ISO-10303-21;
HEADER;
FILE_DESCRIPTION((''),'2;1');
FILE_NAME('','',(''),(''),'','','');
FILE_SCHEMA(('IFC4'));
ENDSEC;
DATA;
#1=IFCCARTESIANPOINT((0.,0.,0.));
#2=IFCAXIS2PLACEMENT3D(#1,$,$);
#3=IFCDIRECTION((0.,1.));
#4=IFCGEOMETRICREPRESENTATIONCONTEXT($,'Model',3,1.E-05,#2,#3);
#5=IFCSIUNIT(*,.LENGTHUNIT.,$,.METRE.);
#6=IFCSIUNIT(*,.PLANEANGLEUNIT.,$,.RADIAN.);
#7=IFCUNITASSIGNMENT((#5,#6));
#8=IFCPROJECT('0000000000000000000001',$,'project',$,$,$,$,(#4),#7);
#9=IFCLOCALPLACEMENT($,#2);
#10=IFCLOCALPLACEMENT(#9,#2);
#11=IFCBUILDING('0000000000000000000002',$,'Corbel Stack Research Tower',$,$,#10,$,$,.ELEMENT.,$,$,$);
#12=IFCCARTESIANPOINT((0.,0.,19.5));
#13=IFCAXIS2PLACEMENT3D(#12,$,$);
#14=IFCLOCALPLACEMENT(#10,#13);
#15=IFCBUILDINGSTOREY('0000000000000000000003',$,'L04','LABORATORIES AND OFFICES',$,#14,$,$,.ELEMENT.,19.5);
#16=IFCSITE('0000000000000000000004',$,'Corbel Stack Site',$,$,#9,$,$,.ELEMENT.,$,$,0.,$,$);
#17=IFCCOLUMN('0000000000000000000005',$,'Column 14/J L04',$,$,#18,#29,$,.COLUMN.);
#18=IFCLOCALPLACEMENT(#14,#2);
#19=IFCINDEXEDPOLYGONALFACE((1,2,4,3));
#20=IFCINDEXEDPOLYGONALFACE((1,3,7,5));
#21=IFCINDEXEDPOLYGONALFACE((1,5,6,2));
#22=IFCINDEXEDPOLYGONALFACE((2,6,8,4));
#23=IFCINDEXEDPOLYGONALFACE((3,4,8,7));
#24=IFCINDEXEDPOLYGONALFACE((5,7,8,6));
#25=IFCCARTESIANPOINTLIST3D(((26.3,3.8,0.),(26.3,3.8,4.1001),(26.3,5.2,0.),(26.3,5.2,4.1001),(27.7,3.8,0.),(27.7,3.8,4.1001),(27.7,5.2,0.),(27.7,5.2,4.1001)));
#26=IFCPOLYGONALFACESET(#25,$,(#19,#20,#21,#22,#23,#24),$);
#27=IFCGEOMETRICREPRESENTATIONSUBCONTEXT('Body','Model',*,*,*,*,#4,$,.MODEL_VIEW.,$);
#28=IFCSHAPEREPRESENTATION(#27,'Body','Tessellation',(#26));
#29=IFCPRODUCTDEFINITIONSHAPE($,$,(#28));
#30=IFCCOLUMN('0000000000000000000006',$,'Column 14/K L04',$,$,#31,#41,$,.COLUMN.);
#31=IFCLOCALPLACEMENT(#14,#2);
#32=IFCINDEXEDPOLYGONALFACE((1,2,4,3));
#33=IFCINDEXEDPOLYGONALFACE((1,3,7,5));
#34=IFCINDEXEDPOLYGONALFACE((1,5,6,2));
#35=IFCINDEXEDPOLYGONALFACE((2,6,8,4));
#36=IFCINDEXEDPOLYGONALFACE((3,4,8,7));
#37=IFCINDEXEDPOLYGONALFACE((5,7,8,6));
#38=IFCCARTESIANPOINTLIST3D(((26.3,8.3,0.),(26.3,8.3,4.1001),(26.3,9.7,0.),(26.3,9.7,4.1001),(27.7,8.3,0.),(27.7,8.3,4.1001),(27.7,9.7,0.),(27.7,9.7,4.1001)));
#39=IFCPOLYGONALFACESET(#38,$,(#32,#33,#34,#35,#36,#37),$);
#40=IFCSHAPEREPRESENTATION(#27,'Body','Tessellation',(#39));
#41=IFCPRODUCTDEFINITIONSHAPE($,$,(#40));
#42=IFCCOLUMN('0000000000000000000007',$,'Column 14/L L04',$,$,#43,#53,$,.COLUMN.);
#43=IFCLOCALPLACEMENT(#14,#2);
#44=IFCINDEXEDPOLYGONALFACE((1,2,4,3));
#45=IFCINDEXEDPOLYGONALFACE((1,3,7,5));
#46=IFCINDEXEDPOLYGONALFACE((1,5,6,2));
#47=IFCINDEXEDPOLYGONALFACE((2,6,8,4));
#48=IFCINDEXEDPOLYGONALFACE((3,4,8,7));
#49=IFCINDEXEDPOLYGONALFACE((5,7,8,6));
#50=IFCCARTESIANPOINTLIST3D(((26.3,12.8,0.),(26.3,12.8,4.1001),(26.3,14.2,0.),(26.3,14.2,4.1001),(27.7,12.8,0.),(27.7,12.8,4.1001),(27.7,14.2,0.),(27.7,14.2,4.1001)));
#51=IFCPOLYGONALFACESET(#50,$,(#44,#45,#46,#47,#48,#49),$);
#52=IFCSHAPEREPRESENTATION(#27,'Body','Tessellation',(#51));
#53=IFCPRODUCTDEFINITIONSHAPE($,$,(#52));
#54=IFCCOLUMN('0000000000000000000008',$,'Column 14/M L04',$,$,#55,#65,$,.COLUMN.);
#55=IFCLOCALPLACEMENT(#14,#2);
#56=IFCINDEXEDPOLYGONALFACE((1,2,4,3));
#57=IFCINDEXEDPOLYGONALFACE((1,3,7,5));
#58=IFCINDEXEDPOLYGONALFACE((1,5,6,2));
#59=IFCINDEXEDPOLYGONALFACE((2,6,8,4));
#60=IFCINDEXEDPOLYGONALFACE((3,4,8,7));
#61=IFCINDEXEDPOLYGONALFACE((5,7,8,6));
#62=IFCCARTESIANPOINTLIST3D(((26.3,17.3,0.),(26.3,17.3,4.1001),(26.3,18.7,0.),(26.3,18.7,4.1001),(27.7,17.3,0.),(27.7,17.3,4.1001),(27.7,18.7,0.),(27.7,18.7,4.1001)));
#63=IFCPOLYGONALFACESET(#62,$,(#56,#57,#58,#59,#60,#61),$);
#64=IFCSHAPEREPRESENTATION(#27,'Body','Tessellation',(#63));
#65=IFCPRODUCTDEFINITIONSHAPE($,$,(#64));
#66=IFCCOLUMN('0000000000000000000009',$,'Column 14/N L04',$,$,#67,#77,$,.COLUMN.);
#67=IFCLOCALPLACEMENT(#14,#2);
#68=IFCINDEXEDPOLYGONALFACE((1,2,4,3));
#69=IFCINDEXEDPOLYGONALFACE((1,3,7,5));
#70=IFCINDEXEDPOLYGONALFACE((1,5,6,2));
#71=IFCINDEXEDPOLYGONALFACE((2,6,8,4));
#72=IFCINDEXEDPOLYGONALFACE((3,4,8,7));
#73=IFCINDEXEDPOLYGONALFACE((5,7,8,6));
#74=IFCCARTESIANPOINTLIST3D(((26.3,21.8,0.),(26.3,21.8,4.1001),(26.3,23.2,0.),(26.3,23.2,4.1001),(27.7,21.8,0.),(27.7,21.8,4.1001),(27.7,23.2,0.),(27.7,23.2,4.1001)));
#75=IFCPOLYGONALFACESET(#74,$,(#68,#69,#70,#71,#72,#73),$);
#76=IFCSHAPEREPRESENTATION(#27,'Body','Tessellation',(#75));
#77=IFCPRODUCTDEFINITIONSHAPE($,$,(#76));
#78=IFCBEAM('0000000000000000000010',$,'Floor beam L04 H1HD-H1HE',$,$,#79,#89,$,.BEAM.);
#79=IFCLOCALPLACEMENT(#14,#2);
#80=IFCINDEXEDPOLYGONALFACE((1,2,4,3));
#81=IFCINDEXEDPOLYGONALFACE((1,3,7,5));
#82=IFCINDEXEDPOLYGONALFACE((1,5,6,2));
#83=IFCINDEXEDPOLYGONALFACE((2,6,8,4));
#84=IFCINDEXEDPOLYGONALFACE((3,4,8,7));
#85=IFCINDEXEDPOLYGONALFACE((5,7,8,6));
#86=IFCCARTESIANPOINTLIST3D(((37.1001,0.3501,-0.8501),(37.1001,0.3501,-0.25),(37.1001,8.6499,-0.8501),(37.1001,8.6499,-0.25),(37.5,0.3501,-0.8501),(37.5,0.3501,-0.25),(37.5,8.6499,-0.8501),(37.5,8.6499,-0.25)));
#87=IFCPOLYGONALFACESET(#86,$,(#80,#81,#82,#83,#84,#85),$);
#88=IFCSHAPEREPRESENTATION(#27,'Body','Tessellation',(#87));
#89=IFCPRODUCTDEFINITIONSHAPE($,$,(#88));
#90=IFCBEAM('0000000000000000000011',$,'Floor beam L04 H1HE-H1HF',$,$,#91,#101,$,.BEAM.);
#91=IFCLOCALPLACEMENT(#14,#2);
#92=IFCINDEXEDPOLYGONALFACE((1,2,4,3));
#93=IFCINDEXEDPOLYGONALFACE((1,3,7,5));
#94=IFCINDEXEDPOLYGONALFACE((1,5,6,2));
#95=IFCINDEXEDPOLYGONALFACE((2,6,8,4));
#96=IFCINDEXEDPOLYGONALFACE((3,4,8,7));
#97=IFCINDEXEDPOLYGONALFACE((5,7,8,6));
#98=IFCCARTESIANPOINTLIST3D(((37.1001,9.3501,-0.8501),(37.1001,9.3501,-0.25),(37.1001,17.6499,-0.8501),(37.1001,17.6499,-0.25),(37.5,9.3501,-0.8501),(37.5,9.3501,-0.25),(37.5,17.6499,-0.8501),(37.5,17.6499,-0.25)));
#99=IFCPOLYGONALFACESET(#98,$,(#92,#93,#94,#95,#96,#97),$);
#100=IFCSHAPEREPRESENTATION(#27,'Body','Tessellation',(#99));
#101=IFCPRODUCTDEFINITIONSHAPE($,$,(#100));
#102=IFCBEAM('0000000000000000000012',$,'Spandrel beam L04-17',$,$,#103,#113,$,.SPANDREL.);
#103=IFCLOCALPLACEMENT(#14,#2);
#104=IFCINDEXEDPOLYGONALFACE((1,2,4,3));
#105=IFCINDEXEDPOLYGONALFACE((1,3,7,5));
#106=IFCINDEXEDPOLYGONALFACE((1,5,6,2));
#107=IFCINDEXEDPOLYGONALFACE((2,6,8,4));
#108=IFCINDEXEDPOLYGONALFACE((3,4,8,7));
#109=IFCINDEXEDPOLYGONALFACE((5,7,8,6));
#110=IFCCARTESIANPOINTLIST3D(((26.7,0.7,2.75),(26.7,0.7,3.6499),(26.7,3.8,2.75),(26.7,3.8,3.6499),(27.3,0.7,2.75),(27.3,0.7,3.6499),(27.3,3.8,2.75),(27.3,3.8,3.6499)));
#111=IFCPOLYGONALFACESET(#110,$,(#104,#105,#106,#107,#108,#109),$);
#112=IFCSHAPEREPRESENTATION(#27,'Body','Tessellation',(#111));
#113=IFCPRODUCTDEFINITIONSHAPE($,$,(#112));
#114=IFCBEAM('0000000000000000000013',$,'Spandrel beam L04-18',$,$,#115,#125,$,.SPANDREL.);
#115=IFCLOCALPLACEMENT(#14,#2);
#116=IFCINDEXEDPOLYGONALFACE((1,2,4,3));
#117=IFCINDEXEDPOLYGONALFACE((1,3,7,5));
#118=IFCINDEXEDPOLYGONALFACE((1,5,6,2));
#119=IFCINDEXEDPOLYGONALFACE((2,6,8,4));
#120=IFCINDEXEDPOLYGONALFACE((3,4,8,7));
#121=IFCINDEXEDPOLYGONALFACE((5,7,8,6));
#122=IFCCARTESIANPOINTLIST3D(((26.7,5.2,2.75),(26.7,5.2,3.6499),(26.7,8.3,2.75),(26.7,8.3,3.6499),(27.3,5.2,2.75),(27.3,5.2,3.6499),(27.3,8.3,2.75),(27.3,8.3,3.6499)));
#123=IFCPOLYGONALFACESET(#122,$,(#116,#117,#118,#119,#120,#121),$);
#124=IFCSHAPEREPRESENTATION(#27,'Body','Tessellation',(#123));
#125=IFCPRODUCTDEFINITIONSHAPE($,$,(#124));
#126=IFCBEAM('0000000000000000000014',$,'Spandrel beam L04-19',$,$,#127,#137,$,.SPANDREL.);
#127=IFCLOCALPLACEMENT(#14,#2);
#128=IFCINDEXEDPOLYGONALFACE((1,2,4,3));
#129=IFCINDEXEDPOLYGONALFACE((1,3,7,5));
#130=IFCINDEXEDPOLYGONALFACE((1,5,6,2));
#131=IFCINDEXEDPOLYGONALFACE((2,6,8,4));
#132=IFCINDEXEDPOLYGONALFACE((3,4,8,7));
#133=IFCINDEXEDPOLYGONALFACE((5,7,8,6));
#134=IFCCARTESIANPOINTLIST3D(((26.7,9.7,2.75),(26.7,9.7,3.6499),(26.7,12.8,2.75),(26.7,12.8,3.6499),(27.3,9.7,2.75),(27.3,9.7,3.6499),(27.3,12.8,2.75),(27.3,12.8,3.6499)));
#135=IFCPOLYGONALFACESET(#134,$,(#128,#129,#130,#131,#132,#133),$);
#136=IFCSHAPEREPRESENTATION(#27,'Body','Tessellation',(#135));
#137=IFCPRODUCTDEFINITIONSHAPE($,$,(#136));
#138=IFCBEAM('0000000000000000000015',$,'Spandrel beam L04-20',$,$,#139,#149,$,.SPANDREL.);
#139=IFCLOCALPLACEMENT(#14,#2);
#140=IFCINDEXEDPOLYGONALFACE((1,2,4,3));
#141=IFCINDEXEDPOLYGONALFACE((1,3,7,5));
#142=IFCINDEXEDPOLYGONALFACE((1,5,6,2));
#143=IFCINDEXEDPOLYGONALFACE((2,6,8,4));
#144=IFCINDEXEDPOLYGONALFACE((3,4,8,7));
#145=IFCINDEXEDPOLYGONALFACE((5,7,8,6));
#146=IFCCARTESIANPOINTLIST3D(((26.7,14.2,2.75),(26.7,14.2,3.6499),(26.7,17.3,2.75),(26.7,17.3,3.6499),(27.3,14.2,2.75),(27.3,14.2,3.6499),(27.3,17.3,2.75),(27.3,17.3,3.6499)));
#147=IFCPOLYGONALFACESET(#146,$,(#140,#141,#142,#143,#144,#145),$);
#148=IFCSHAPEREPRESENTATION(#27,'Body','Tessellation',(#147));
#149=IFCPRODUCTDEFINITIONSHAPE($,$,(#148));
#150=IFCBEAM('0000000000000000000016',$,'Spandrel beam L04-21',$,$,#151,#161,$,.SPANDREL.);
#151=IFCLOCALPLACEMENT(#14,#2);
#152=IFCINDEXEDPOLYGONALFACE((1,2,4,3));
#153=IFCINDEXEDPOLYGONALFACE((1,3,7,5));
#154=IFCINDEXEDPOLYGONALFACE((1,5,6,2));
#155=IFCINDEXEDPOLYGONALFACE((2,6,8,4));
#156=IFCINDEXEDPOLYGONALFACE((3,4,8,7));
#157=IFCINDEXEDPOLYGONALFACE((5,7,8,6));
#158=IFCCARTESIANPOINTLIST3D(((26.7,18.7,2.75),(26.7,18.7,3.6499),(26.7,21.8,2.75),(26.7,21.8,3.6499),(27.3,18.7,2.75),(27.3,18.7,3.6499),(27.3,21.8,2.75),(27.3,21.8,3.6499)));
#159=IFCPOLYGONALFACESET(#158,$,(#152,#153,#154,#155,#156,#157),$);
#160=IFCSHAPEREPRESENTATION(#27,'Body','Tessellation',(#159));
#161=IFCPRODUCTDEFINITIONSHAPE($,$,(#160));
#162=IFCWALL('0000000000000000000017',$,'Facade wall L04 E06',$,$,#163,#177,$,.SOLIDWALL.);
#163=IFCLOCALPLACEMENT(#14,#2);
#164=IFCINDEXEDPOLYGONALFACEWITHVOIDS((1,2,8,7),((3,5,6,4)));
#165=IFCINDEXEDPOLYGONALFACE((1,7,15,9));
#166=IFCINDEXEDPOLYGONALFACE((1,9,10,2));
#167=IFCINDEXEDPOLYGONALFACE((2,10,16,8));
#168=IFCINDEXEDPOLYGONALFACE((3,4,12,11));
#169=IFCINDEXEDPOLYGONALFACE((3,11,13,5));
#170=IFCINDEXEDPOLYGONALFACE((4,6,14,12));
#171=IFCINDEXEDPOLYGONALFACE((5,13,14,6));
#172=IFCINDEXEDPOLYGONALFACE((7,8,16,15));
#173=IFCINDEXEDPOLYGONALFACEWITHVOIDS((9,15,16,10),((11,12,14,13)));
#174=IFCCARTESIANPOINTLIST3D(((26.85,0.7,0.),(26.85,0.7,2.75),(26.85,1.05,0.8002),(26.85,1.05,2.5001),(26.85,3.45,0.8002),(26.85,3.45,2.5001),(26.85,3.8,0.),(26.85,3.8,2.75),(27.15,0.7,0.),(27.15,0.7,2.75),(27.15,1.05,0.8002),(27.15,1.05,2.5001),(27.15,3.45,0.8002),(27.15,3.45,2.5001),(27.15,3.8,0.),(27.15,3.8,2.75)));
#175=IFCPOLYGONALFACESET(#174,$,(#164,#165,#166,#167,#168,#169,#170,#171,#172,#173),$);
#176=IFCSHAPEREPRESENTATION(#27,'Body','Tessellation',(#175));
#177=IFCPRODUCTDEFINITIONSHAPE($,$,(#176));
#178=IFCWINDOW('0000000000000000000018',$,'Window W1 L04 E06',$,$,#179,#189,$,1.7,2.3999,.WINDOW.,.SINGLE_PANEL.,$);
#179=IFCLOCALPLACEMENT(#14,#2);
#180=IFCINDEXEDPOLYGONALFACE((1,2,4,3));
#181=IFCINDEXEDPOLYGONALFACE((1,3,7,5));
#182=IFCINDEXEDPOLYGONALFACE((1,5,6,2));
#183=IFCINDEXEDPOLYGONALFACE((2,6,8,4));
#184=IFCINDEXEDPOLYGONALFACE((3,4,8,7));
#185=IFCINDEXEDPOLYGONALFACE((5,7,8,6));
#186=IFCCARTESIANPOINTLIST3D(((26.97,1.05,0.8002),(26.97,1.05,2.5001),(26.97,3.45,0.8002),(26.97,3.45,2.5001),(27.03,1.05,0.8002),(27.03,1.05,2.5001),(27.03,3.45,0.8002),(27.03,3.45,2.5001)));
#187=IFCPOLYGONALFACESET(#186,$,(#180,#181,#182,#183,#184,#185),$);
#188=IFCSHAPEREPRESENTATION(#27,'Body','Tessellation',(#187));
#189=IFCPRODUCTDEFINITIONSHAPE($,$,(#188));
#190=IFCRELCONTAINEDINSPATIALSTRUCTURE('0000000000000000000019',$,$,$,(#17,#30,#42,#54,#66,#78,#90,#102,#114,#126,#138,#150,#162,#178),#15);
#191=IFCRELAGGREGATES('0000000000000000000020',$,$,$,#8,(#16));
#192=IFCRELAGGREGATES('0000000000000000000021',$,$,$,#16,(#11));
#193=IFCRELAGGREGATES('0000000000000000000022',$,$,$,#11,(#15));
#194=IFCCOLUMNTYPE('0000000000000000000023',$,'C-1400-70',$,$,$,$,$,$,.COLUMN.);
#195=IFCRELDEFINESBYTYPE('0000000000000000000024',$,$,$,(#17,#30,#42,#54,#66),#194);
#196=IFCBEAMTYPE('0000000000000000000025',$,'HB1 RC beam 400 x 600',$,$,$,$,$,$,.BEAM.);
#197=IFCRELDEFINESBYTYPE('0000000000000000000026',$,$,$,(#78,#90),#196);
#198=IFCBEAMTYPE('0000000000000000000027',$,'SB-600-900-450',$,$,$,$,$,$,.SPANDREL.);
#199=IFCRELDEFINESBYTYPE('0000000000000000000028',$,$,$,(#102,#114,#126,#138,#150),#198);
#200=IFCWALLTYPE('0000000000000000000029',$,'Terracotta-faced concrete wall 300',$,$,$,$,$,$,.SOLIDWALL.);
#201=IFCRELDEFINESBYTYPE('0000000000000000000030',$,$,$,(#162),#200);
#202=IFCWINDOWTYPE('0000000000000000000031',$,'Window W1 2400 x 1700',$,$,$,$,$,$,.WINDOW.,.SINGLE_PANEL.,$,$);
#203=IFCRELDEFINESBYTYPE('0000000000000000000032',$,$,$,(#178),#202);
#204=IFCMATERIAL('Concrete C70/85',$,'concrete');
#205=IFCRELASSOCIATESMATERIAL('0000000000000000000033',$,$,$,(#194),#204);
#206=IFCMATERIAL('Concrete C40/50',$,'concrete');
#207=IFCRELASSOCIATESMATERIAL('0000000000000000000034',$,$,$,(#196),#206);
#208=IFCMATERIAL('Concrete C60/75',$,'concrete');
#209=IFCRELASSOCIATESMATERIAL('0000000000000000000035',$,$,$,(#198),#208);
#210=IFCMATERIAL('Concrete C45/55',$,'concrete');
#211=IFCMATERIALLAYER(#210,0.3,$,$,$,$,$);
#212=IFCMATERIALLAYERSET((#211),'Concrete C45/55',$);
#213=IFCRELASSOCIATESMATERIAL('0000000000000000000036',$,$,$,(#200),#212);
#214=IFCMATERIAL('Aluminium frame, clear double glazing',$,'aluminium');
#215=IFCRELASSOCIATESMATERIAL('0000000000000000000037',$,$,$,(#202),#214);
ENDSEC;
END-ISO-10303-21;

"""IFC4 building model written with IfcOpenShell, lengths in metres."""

from ifc_helpers import new_model, si_unit, direction, frame, frame_2d, origin, origin_2d, place, context, subcontext, project, spatial, rectangle, extrude, material, layer, layer_set, material_profile, profile_set, type_object, element, fill, save


model = new_model("IFC4")

# Units and contexts
model_context = context("Model", 3, precision=1e-05, world=origin(), true_north=direction((0.0, 1.0)))
body_context = subcontext(model_context, "Body", "Model", "MODEL_VIEW")
ifc_project = project(units=[si_unit("LENGTHUNIT", "METRE"), si_unit("PLANEANGLEUNIT", "RADIAN")], contexts=[model_context])

# Site, building, storey
site_placement = place(None, origin())
site = spatial("IfcSite", under=ifc_project, at=site_placement, Name="Corbel Stack Site", CompositionType="ELEMENT", RefElevation=0.0)
building_placement = place(site_placement, origin())
building = spatial("IfcBuilding", under=site, at=building_placement, Name="Corbel Stack Research Tower", CompositionType="ELEMENT")
storey_placement = place(building_placement, frame((0.0, 0.0, 19.5)))
storey = spatial("IfcBuildingStorey", under=building, at=storey_placement, Name="L04", Description="LABORATORIES AND OFFICES", CompositionType="ELEMENT", Elevation=19.5)

# Columns
ifc_material_1 = material(Name="Concrete C70/85", Category="concrete")
ifc_material_profile_1 = material_profile(ifc_material_1, rectangle(XDim=1.3999, YDim=1.3999, at=origin_2d()), Name="RC 1400 x 1400")
ifc_profile_set_1 = profile_set([ifc_material_profile_1], Name="Concrete C70/85")
column_type = type_object("IfcColumnType", Name="C-1400-70", PredefinedType="COLUMN", material=ifc_profile_set_1)
for number, where, z_axis, x_axis, name in (
    (1, (27.0, 4.5, 0.0), (0.0, 0.0, 1.0), (1.0, 0.0, 0.0), "Column 14/J L04"),
    (2, (27.0, 9.0, 0.0), (0.0, 0.0, 1.0), (1.0, 0.0, 0.0), "Column 14/K L04"),
    (3, (27.0, 13.5, 0.0), (0.0, 0.0, 1.0), (1.0, 0.0, 0.0), "Column 14/L L04"),
    (4, (27.0, 18.0, 0.0), (0.0, 0.0, 1.0), (1.0, 0.0, 0.0), "Column 14/M L04"),
    (5, (27.0, 22.5, 0.0), (0.0, 0.0, 1.0), (1.0, 0.0, 0.0), "Column 14/N L04"),
):
    element("IfcColumn", number, at=place(storey_placement, frame(where, z_axis=z_axis, x_axis=x_axis)), inside=storey, type_object=column_type, Name=name, PredefinedType="COLUMN", context=body_context, shape_type="SweptSolid", body=[
        extrude(rectangle(XDim=1.3999, YDim=1.3999, at=origin_2d()), origin(), (0.0, 0.0, 1.0), 4.1001),
    ])

# Beams
ifc_material_2 = material(Name="Concrete C40/50", Category="concrete")
ifc_material_profile_2 = material_profile(ifc_material_2, rectangle(XDim=0.3999, YDim=0.6001, at=origin_2d()), Name="RC 400 x 600")
ifc_profile_set_2 = profile_set([ifc_material_profile_2], Name="Concrete C40/50")
beam_type_1 = type_object("IfcBeamType", Name="HB1 RC beam 400 x 600", PredefinedType="BEAM", material=ifc_profile_set_2)
for number, where, z_axis, x_axis, name in (
    (6, (37.3, 0.3501, -0.55), (0.0, 1.0, 0.0), (-1.0, 0.0, 0.0), "Floor beam L04 H1HD-H1HE"),
    (7, (37.3, 9.3501, -0.55), (0.0, 1.0, 0.0), (-1.0, 0.0, 0.0), "Floor beam L04 H1HE-H1HF"),
):
    element("IfcBeam", number, at=place(storey_placement, frame(where, z_axis=z_axis, x_axis=x_axis)), inside=storey, type_object=beam_type_1, Name=name, PredefinedType="BEAM", context=body_context, shape_type="SweptSolid", body=[
        extrude(rectangle(XDim=0.3999, YDim=0.6001, at=origin_2d()), origin(), (0.0, 0.0, 1.0), 8.2998),
    ])
ifc_material_3 = material(Name="Concrete C60/75", Category="concrete")
ifc_material_profile_3 = material_profile(ifc_material_3, rectangle(XDim=0.6001, YDim=0.8999, at=origin_2d()), Name="RC 600 x 900")
ifc_profile_set_3 = profile_set([ifc_material_profile_3], Name="Concrete C60/75")
beam_type_2 = type_object("IfcBeamType", Name="SB-600-900-450", PredefinedType="SPANDREL", material=ifc_profile_set_3)
for number, where, z_axis, x_axis, name in (
    (8, (27.0, 0.7, 3.2), (0.0, 1.0, 0.0), (-1.0, 0.0, 0.0), "Spandrel beam L04-17"),
    (9, (27.0, 5.2, 3.2), (0.0, 1.0, 0.0), (-1.0, 0.0, 0.0), "Spandrel beam L04-18"),
    (10, (27.0, 9.7, 3.2), (0.0, 1.0, 0.0), (-1.0, 0.0, 0.0), "Spandrel beam L04-19"),
    (11, (27.0, 14.2, 3.2), (0.0, 1.0, 0.0), (-1.0, 0.0, 0.0), "Spandrel beam L04-20"),
    (12, (27.0, 18.7, 3.2), (0.0, 1.0, 0.0), (-1.0, 0.0, 0.0), "Spandrel beam L04-21"),
):
    element("IfcBeam", number, at=place(storey_placement, frame(where, z_axis=z_axis, x_axis=x_axis)), inside=storey, type_object=beam_type_2, Name=name, PredefinedType="SPANDREL", context=body_context, shape_type="SweptSolid", body=[
        extrude(rectangle(XDim=0.6001, YDim=0.8999, at=origin_2d()), origin(), (0.0, 0.0, 1.0), 3.1001),
    ])

# Wall, opening, window
ifc_material_4 = material(Name="Concrete C45/55", Category="concrete")
ifc_layer = layer(ifc_material_4, 0.3)
ifc_layer_set = layer_set([ifc_layer], Name="Concrete C45/55")
wall_type = type_object("IfcWallType", Name="Terracotta-faced concrete wall 300", PredefinedType="SOLIDWALL", material=ifc_layer_set)
wall_1_placement = place(storey_placement, frame((27.0, 3.8, 0.0), z_axis=(0.0, 0.0, 1.0), x_axis=(0.0, -1.0, 0.0)))
wall_1 = element("IfcWall", 13, at=wall_1_placement, inside=storey, type_object=wall_type, Name="Facade wall L04 E06", PredefinedType="SOLIDWALL", context=body_context, shape_type="SweptSolid", body=[
    extrude(rectangle(XDim=3.1001, YDim=0.3, at=frame_2d((1.55, 0.0))), origin(), (0.0, 0.0, 1.0), 2.75),
])
opening_1_placement = place(wall_1_placement, frame((0.3501, 0.0, 0.8)))
opening_1 = element("IfcOpeningElement", 14, at=opening_1_placement, cuts=wall_1, PredefinedType="OPENING", context=body_context, shape_type="SweptSolid", body=[
    extrude(rectangle(XDim=2.3999, YDim=1.7, at=frame_2d((1.2, 0.8501))), frame((0.0, 0.1599, 0.0), z_axis=(0.0, -1.0, 0.0), x_axis=(1.0, 0.0, 0.0)), (0.0, 0.0, 1.0), 0.3201),
])
ifc_material_5 = material(Name="Aluminium frame, clear double glazing", Category="aluminium")
window_type = type_object("IfcWindowType", Name="Window W1 2400 x 1700", PartitioningType="SINGLE_PANEL", PredefinedType="WINDOW", material=ifc_material_5)
window_1_placement = place(opening_1_placement, origin())
window_1 = element("IfcWindow", 15, at=window_1_placement, inside=storey, type_object=window_type, Name="Window W1 L04 E06", OverallHeight=1.7, OverallWidth=2.3999, PartitioningType="SINGLE_PANEL", PredefinedType="WINDOW", context=body_context, shape_type="SweptSolid", body=[
    extrude(rectangle(XDim=2.3999, YDim=1.7, at=frame_2d((1.2, 0.8501))), frame((0.0, 0.03, 0.0), z_axis=(0.0, -1.0, 0.0), x_axis=(1.0, 0.0, 0.0)), (0.0, 0.0, 1.0), 0.0601),
])
fill(opening_1, window_1)

save(model, "model.ifc")
